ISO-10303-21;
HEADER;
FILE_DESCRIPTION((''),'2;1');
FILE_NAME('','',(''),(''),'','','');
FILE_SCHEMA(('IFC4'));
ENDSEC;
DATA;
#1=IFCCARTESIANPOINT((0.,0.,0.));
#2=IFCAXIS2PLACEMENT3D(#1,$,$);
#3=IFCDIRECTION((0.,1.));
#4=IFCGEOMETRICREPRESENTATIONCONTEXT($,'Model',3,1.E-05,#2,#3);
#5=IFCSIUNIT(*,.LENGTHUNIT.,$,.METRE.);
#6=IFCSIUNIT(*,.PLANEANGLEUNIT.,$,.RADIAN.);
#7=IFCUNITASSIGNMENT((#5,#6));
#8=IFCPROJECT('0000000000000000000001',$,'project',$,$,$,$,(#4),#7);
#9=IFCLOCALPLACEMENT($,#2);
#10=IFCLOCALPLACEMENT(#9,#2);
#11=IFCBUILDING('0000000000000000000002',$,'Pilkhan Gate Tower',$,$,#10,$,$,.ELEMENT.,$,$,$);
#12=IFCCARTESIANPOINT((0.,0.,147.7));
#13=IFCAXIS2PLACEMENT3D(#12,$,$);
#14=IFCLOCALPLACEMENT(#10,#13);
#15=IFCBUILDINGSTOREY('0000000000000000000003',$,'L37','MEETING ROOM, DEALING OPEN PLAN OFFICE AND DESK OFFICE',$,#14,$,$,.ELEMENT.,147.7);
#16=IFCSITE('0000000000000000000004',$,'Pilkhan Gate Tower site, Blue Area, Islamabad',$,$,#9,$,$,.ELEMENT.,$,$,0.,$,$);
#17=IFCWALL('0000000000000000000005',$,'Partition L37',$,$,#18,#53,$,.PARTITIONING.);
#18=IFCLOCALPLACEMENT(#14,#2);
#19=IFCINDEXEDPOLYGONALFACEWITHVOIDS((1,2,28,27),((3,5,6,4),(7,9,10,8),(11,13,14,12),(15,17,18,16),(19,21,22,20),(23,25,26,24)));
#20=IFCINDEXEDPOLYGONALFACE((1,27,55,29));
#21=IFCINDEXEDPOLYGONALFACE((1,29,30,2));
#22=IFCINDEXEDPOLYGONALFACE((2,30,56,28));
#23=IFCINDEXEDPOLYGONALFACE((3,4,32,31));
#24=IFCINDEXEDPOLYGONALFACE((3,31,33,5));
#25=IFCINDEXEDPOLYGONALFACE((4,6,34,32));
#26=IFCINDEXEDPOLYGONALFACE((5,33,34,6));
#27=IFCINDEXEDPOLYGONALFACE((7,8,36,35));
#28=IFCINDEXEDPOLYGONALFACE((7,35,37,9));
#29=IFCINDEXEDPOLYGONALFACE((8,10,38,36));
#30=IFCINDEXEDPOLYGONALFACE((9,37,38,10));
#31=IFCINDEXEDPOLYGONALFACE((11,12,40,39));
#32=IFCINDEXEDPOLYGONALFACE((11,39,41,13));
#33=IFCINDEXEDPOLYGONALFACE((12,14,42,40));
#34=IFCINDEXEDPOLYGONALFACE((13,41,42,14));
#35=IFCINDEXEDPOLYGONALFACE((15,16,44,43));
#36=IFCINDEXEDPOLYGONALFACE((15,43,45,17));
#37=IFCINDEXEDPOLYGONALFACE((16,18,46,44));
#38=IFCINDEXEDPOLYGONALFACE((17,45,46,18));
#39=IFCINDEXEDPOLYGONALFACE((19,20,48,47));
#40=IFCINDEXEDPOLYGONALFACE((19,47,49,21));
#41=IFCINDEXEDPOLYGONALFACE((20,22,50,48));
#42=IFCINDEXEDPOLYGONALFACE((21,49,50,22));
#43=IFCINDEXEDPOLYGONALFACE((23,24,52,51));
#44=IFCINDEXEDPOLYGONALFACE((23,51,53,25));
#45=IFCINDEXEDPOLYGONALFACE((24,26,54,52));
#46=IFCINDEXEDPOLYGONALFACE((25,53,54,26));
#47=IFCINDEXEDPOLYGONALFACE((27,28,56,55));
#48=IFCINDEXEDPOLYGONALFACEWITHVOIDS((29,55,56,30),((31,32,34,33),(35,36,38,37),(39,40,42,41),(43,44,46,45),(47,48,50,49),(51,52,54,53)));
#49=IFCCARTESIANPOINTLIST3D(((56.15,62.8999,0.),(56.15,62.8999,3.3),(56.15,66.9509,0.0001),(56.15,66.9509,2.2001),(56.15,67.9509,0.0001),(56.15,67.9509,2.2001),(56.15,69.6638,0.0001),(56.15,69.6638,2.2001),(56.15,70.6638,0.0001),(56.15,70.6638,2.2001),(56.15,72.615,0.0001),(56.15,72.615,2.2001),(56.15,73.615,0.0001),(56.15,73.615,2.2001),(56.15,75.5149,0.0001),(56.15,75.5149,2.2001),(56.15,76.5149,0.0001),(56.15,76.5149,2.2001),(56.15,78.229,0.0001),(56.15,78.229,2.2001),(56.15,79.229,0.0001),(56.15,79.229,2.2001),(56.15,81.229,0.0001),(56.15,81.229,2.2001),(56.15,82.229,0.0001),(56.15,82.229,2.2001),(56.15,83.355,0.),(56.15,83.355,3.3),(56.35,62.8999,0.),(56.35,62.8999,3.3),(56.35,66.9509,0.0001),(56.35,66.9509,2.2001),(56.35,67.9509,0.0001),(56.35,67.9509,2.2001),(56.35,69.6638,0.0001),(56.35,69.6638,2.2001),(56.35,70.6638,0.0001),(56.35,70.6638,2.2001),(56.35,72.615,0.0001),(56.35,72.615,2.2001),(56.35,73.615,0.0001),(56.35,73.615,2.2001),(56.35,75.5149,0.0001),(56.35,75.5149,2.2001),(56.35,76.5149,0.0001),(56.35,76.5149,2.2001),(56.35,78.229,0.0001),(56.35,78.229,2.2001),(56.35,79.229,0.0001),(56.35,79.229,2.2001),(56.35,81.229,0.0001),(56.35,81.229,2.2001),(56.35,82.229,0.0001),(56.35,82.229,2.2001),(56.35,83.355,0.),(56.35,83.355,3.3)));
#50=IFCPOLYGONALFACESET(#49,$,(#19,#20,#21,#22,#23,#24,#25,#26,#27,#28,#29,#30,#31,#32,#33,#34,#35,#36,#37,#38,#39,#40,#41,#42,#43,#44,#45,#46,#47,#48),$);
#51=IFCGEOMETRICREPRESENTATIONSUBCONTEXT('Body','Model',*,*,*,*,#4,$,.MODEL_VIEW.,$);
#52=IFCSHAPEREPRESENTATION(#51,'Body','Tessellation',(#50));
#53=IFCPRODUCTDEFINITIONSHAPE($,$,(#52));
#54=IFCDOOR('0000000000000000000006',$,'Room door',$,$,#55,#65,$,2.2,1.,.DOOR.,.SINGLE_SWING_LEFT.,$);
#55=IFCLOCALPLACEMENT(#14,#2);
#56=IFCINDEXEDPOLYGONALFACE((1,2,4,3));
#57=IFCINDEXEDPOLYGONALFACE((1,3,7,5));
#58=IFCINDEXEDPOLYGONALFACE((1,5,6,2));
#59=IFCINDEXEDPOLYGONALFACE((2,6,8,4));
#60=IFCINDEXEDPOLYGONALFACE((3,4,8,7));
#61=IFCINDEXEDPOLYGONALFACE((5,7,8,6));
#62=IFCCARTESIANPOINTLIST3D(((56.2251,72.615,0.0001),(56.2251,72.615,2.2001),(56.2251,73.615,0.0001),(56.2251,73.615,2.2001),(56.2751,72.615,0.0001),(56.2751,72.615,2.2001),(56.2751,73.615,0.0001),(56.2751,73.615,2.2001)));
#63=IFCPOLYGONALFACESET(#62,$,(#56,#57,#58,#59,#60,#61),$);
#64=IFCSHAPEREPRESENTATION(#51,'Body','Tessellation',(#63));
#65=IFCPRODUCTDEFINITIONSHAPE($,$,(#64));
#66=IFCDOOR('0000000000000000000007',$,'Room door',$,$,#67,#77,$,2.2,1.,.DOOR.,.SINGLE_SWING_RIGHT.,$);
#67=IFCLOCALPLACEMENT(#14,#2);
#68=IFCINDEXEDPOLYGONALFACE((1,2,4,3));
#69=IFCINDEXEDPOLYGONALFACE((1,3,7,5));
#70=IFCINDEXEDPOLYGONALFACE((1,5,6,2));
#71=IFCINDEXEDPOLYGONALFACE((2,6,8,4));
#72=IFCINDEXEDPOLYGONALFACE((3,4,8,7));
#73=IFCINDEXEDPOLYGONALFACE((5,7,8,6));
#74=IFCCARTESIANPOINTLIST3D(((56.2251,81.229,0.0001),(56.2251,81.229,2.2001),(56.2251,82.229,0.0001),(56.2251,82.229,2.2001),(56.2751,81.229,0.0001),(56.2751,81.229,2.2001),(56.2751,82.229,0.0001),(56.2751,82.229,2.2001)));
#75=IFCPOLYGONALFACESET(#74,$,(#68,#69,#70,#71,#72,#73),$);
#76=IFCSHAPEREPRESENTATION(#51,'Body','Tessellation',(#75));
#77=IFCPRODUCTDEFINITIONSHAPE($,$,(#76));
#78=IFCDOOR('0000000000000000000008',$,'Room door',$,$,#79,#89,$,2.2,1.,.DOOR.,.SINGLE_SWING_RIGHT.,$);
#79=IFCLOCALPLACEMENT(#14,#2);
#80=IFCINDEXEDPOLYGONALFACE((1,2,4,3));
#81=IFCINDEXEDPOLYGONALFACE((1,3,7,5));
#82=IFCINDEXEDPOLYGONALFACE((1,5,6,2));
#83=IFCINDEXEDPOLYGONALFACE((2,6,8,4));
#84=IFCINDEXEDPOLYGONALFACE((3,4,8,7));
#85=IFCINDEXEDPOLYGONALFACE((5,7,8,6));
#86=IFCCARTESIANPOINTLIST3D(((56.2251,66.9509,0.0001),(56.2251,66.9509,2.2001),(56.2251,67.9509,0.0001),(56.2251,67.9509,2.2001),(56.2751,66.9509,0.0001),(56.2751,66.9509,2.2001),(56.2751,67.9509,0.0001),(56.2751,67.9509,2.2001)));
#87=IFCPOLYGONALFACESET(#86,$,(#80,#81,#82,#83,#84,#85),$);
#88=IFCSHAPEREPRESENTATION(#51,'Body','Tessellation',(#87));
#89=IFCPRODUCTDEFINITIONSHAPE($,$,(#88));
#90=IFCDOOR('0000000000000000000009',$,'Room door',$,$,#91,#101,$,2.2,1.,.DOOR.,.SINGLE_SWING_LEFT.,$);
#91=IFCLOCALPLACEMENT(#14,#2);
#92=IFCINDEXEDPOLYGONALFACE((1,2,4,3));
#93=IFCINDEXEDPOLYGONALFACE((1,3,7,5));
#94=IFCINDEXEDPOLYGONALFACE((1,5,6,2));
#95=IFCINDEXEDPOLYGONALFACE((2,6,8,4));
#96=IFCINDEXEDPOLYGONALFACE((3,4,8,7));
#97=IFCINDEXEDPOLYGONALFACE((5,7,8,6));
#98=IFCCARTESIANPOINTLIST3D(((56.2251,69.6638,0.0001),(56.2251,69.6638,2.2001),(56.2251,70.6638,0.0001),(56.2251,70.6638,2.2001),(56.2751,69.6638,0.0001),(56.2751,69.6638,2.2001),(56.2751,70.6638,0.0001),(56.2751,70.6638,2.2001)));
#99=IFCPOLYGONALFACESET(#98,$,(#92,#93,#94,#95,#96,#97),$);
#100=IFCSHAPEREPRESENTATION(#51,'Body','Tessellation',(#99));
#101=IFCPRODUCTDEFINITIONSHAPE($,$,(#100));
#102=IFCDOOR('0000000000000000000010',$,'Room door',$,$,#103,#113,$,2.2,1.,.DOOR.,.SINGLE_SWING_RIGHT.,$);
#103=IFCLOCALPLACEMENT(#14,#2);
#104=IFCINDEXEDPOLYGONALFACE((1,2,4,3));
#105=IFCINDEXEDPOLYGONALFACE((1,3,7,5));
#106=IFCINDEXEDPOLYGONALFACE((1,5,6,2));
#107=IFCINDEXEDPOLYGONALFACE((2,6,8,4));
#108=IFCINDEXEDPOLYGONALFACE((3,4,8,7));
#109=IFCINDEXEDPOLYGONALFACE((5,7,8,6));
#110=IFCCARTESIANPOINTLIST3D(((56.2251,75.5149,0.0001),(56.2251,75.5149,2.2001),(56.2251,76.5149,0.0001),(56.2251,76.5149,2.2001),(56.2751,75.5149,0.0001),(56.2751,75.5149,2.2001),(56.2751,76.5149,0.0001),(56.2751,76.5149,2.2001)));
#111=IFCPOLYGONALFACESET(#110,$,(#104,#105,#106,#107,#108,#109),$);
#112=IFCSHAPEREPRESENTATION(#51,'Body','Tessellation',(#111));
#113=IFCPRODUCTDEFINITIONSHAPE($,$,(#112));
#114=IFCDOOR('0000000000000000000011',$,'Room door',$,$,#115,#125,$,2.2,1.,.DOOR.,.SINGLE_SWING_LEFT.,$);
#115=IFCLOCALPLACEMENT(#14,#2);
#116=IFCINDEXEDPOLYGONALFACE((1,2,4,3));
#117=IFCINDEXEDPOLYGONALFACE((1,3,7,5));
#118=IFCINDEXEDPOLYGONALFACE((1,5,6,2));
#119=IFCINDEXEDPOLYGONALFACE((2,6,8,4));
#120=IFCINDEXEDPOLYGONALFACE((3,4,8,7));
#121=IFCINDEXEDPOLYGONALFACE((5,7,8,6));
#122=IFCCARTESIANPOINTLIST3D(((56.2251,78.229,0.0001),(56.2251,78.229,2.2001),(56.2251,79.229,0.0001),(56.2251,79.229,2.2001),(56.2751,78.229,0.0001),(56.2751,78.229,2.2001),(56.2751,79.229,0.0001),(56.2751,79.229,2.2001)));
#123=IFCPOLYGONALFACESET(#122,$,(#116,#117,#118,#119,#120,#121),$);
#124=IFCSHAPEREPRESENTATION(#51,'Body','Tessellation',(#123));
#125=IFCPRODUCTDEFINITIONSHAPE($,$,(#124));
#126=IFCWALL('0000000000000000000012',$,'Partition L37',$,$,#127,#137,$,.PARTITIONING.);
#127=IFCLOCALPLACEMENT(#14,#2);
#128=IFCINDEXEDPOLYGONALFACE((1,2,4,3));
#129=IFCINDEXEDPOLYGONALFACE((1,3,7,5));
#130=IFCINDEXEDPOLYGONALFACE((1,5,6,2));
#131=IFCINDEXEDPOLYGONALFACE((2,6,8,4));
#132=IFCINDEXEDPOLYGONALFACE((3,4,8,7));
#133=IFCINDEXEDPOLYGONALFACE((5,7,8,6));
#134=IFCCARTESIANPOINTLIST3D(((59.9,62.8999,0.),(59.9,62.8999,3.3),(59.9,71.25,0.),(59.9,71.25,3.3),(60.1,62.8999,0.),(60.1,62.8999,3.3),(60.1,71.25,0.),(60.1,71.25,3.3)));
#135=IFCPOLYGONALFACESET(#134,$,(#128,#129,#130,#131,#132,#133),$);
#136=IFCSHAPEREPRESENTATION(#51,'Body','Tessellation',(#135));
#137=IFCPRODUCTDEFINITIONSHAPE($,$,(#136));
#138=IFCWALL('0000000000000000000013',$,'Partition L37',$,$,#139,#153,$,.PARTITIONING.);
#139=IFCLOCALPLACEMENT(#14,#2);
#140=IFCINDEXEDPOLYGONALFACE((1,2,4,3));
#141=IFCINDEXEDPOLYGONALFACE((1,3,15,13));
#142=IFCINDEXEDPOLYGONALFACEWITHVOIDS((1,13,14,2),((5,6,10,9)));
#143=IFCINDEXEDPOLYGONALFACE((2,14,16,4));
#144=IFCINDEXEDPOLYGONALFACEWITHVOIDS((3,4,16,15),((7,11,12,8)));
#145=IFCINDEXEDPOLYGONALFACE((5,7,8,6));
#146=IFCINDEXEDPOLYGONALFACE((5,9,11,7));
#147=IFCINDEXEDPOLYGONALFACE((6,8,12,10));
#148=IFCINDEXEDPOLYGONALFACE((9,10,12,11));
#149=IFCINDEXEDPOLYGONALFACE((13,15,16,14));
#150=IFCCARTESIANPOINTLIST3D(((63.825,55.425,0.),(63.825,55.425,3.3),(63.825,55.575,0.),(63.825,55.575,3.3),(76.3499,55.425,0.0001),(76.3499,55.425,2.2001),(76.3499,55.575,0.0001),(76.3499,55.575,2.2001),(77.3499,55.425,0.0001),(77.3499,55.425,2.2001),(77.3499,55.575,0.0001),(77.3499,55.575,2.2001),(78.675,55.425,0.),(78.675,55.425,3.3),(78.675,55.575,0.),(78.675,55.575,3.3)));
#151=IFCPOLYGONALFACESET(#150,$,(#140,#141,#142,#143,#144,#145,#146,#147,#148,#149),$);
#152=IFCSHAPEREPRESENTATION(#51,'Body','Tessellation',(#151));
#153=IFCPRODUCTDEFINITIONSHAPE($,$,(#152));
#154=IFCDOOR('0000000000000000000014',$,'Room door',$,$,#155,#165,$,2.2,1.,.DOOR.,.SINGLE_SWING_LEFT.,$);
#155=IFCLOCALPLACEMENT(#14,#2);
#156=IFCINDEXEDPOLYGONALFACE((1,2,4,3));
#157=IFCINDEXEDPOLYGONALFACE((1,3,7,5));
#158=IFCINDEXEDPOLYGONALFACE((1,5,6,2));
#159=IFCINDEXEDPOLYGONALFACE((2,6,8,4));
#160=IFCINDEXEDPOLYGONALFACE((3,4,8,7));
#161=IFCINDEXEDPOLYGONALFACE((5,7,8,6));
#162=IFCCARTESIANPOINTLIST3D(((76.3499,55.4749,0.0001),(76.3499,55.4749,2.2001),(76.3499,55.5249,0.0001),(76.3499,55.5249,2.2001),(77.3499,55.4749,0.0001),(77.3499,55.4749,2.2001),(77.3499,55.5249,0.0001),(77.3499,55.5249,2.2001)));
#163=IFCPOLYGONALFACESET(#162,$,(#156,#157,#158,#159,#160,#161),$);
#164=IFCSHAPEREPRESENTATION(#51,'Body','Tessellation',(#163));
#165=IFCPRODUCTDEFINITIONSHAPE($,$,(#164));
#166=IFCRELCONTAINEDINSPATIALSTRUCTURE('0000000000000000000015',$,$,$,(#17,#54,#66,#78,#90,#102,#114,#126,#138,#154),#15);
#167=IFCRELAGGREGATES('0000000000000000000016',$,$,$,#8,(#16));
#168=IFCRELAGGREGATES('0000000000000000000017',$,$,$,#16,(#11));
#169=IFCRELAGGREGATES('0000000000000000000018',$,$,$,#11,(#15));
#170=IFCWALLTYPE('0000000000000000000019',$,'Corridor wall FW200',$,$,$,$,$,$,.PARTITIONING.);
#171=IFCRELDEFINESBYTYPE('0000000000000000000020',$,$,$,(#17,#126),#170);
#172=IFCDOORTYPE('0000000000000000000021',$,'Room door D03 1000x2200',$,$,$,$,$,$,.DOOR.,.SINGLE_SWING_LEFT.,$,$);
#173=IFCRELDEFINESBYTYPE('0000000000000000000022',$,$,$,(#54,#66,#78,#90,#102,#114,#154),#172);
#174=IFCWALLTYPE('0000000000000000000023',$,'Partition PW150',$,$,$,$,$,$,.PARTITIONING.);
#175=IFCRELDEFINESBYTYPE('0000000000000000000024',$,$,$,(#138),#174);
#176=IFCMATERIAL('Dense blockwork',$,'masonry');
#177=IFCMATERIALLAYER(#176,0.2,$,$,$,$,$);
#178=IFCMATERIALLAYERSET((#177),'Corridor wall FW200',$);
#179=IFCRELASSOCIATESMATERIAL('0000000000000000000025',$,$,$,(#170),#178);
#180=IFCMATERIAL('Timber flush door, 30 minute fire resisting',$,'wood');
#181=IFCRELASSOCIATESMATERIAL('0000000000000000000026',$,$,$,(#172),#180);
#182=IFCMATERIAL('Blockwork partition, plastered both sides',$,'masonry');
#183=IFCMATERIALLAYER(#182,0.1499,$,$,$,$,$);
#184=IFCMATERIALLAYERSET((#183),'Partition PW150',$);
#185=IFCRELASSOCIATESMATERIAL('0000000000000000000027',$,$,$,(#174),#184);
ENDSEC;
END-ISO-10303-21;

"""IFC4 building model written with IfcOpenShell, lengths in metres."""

from ifc_helpers import new_model, si_unit, direction, frame, frame_2d, origin, place, context, subcontext, project, spatial, rectangle, extrude, material, layer, layer_set, type_object, element, fill, save


model = new_model("IFC4")

# Units and contexts
model_context = context("Model", 3, precision=1e-05, world=origin(), true_north=direction((0.0, 1.0)))
body_context = subcontext(model_context, "Body", "Model", "MODEL_VIEW")
ifc_project = project(units=[si_unit("LENGTHUNIT", "METRE"), si_unit("PLANEANGLEUNIT", "RADIAN")], contexts=[model_context])

# Site, building, storey
site_placement = place(None, origin())
site = spatial("IfcSite", under=ifc_project, at=site_placement, Name="Pilkhan Gate Tower site, Blue Area, Islamabad", CompositionType="ELEMENT", RefElevation=0.0)
building_placement = place(site_placement, origin())
building = spatial("IfcBuilding", under=site, at=building_placement, Name="Pilkhan Gate Tower", CompositionType="ELEMENT")
storey_placement = place(building_placement, frame((0.0, 0.0, 147.7)))
storey = spatial("IfcBuildingStorey", under=building, at=storey_placement, Name="L37", Description="MEETING ROOM, DEALING OPEN PLAN OFFICE AND DESK OFFICE", CompositionType="ELEMENT", Elevation=147.7)

# Wall, openings, doors
ifc_material_1 = material(Name="Dense blockwork", Category="masonry")
ifc_layer_1 = layer(ifc_material_1, 0.2)
ifc_layer_set_1 = layer_set([ifc_layer_1], Name="Corridor wall FW200")
wall_type_1 = type_object("IfcWallType", Name="Corridor wall FW200", PredefinedType="PARTITIONING", material=ifc_layer_set_1)
ifc_material_2 = material(Name="Timber flush door, 30 minute fire resisting", Category="wood")
door_type = type_object("IfcDoorType", Name="Room door D03 1000x2200", OperationType="SINGLE_SWING_LEFT", PredefinedType="DOOR", material=ifc_material_2)
wall_1_placement = place(storey_placement, frame((56.25, 62.8999, 0.0), z_axis=(0.0, 0.0, 1.0), x_axis=(0.0, 1.0, 0.0)))
wall_1 = element("IfcWall", 1, at=wall_1_placement, inside=storey, type_object=wall_type_1, Name="Partition L37", PredefinedType="PARTITIONING", context=body_context, shape_type="SweptSolid", body=[
    extrude(rectangle(XDim=20.4551, YDim=0.2, at=frame_2d((10.2275, 0.0))), origin(), (0.0, 0.0, 1.0), 3.3),
])
opening_1_placement = place(wall_1_placement, frame((9.7151, 0.0, 0.0)))
opening_1 = element("IfcOpeningElement", 2, at=opening_1_placement, cuts=wall_1, PredefinedType="OPENING", context=body_context, shape_type="SweptSolid", body=[
    extrude(rectangle(XDim=1.0, YDim=2.2, at=frame_2d((0.5, 1.1001))), frame((0.0, 0.1099, 0.0), z_axis=(0.0, -1.0, 0.0), x_axis=(1.0, 0.0, 0.0)), (0.0, 0.0, 1.0), 0.22),
])
opening_2_placement = place(wall_1_placement, frame((18.3291, 0.0, 0.0)))
opening_2 = element("IfcOpeningElement", 3, at=opening_2_placement, cuts=wall_1, PredefinedType="OPENING", context=body_context, shape_type="SweptSolid", body=[
    extrude(rectangle(XDim=1.0, YDim=2.2, at=frame_2d((0.5, 1.1001))), frame((0.0, 0.1099, 0.0), z_axis=(0.0, -1.0, 0.0), x_axis=(1.0, 0.0, 0.0)), (0.0, 0.0, 1.0), 0.22),
])
opening_3_placement = place(wall_1_placement, frame((4.051, 0.0, 0.0)))
opening_3 = element("IfcOpeningElement", 4, at=opening_3_placement, cuts=wall_1, PredefinedType="OPENING", context=body_context, shape_type="SweptSolid", body=[
    extrude(rectangle(XDim=1.0, YDim=2.2, at=frame_2d((0.5, 1.1001))), frame((0.0, 0.1099, 0.0), z_axis=(0.0, -1.0, 0.0), x_axis=(1.0, 0.0, 0.0)), (0.0, 0.0, 1.0), 0.22),
])
opening_4_placement = place(wall_1_placement, frame((6.7639, 0.0, 0.0)))
opening_4 = element("IfcOpeningElement", 5, at=opening_4_placement, cuts=wall_1, PredefinedType="OPENING", context=body_context, shape_type="SweptSolid", body=[
    extrude(rectangle(XDim=1.0, YDim=2.2, at=frame_2d((0.5, 1.1001))), frame((0.0, 0.1099, 0.0), z_axis=(0.0, -1.0, 0.0), x_axis=(1.0, 0.0, 0.0)), (0.0, 0.0, 1.0), 0.22),
])
opening_5_placement = place(wall_1_placement, frame((12.615, 0.0, 0.0)))
opening_5 = element("IfcOpeningElement", 6, at=opening_5_placement, cuts=wall_1, PredefinedType="OPENING", context=body_context, shape_type="SweptSolid", body=[
    extrude(rectangle(XDim=1.0, YDim=2.2, at=frame_2d((0.5, 1.1001))), frame((0.0, 0.1099, 0.0), z_axis=(0.0, -1.0, 0.0), x_axis=(1.0, 0.0, 0.0)), (0.0, 0.0, 1.0), 0.22),
])
opening_6_placement = place(wall_1_placement, frame((15.3291, 0.0, 0.0)))
opening_6 = element("IfcOpeningElement", 7, at=opening_6_placement, cuts=wall_1, PredefinedType="OPENING", context=body_context, shape_type="SweptSolid", body=[
    extrude(rectangle(XDim=1.0, YDim=2.2, at=frame_2d((0.5, 1.1001))), frame((0.0, 0.1099, 0.0), z_axis=(0.0, -1.0, 0.0), x_axis=(1.0, 0.0, 0.0)), (0.0, 0.0, 1.0), 0.22),
])
door_1_placement = place(opening_1_placement, origin())
door_1 = element("IfcDoor", 8, at=door_1_placement, inside=storey, type_object=door_type, Name="Room door", OperationType="SINGLE_SWING_LEFT", OverallHeight=2.2, OverallWidth=1.0, PredefinedType="DOOR", context=body_context, shape_type="SweptSolid", body=[
    extrude(rectangle(XDim=1.0, YDim=2.2, at=frame_2d((0.5, 1.1001))), frame((0.0, 0.0249, 0.0), z_axis=(0.0, -1.0, 0.0), x_axis=(1.0, 0.0, 0.0)), (0.0, 0.0, 1.0), 0.05),
])
fill(opening_1, door_1)
door_2_placement = place(opening_2_placement, origin())
door_2 = element("IfcDoor", 9, at=door_2_placement, inside=storey, type_object=door_type, Name="Room door", OperationType="SINGLE_SWING_RIGHT", OverallHeight=2.2, OverallWidth=1.0, PredefinedType="DOOR", context=body_context, shape_type="SweptSolid", body=[
    extrude(rectangle(XDim=1.0, YDim=2.2, at=frame_2d((0.5, 1.1001))), frame((0.0, 0.0249, 0.0), z_axis=(0.0, -1.0, 0.0), x_axis=(1.0, 0.0, 0.0)), (0.0, 0.0, 1.0), 0.05),
])
fill(opening_2, door_2)
door_3_placement = place(opening_3_placement, origin())
door_3 = element("IfcDoor", 10, at=door_3_placement, inside=storey, type_object=door_type, Name="Room door", OperationType="SINGLE_SWING_RIGHT", OverallHeight=2.2, OverallWidth=1.0, PredefinedType="DOOR", context=body_context, shape_type="SweptSolid", body=[
    extrude(rectangle(XDim=1.0, YDim=2.2, at=frame_2d((0.5, 1.1001))), frame((0.0, 0.0249, 0.0), z_axis=(0.0, -1.0, 0.0), x_axis=(1.0, 0.0, 0.0)), (0.0, 0.0, 1.0), 0.05),
])
fill(opening_3, door_3)
door_4_placement = place(opening_4_placement, origin())
door_4 = element("IfcDoor", 11, at=door_4_placement, inside=storey, type_object=door_type, Name="Room door", OperationType="SINGLE_SWING_LEFT", OverallHeight=2.2, OverallWidth=1.0, PredefinedType="DOOR", context=body_context, shape_type="SweptSolid", body=[
    extrude(rectangle(XDim=1.0, YDim=2.2, at=frame_2d((0.5, 1.1001))), frame((0.0, 0.0249, 0.0), z_axis=(0.0, -1.0, 0.0), x_axis=(1.0, 0.0, 0.0)), (0.0, 0.0, 1.0), 0.05),
])
fill(opening_4, door_4)
door_5_placement = place(opening_5_placement, origin())
door_5 = element("IfcDoor", 12, at=door_5_placement, inside=storey, type_object=door_type, Name="Room door", OperationType="SINGLE_SWING_RIGHT", OverallHeight=2.2, OverallWidth=1.0, PredefinedType="DOOR", context=body_context, shape_type="SweptSolid", body=[
    extrude(rectangle(XDim=1.0, YDim=2.2, at=frame_2d((0.5, 1.1001))), frame((0.0, 0.0249, 0.0), z_axis=(0.0, -1.0, 0.0), x_axis=(1.0, 0.0, 0.0)), (0.0, 0.0, 1.0), 0.05),
])
fill(opening_5, door_5)
door_6_placement = place(opening_6_placement, origin())
door_6 = element("IfcDoor", 13, at=door_6_placement, inside=storey, type_object=door_type, Name="Room door", OperationType="SINGLE_SWING_LEFT", OverallHeight=2.2, OverallWidth=1.0, PredefinedType="DOOR", context=body_context, shape_type="SweptSolid", body=[
    extrude(rectangle(XDim=1.0, YDim=2.2, at=frame_2d((0.5, 1.1001))), frame((0.0, 0.0249, 0.0), z_axis=(0.0, -1.0, 0.0), x_axis=(1.0, 0.0, 0.0)), (0.0, 0.0, 1.0), 0.05),
])
fill(opening_6, door_6)

# Wall
wall_2_placement = place(storey_placement, frame((60.0, 62.8999, 0.0), z_axis=(0.0, 0.0, 1.0), x_axis=(0.0, 1.0, 0.0)))
element("IfcWall", 14, at=wall_2_placement, inside=storey, type_object=wall_type_1, Name="Partition L37", PredefinedType="PARTITIONING", context=body_context, shape_type="SweptSolid", body=[
    extrude(rectangle(XDim=8.3501, YDim=0.2, at=frame_2d((4.175, 0.0))), origin(), (0.0, 0.0, 1.0), 3.3),
])

# Wall, opening, door
ifc_material_3 = material(Name="Blockwork partition, plastered both sides", Category="masonry")
ifc_layer_2 = layer(ifc_material_3, 0.1499)
ifc_layer_set_2 = layer_set([ifc_layer_2], Name="Partition PW150")
wall_type_2 = type_object("IfcWallType", Name="Partition PW150", PredefinedType="PARTITIONING", material=ifc_layer_set_2)
wall_3_placement = place(storey_placement, frame((63.825, 55.5, 0.0), z_axis=(0.0, 0.0, 1.0), x_axis=(1.0, 0.0, 0.0)))
wall_3 = element("IfcWall", 15, at=wall_3_placement, inside=storey, type_object=wall_type_2, Name="Partition L37", PredefinedType="PARTITIONING", context=body_context, shape_type="SweptSolid", body=[
    extrude(rectangle(XDim=14.8501, YDim=0.1499, at=frame_2d((7.425, 0.0))), origin(), (0.0, 0.0, 1.0), 3.3),
])
opening_7_placement = place(wall_3_placement, frame((12.5249, 0.0, 0.0)))
opening_7 = element("IfcOpeningElement", 16, at=opening_7_placement, cuts=wall_3, PredefinedType="OPENING", context=body_context, shape_type="SweptSolid", body=[
    extrude(rectangle(XDim=1.0, YDim=2.2, at=frame_2d((0.5, 1.1001))), frame((0.0, 0.085, 0.0), z_axis=(0.0, -1.0, 0.0), x_axis=(1.0, 0.0, 0.0)), (0.0, 0.0, 1.0), 0.1699),
])
door_7_placement = place(opening_7_placement, origin())
door_7 = element("IfcDoor", 17, at=door_7_placement, inside=storey, type_object=door_type, Name="Room door", OperationType="SINGLE_SWING_LEFT", OverallHeight=2.2, OverallWidth=1.0, PredefinedType="DOOR", context=body_context, shape_type="SweptSolid", body=[
    extrude(rectangle(XDim=1.0, YDim=2.2, at=frame_2d((0.5, 1.1001))), frame((0.0, 0.0249, 0.0), z_axis=(0.0, -1.0, 0.0), x_axis=(1.0, 0.0, 0.0)), (0.0, 0.0, 1.0), 0.05),
])
fill(opening_7, door_7)

save(model, "model.ifc")
